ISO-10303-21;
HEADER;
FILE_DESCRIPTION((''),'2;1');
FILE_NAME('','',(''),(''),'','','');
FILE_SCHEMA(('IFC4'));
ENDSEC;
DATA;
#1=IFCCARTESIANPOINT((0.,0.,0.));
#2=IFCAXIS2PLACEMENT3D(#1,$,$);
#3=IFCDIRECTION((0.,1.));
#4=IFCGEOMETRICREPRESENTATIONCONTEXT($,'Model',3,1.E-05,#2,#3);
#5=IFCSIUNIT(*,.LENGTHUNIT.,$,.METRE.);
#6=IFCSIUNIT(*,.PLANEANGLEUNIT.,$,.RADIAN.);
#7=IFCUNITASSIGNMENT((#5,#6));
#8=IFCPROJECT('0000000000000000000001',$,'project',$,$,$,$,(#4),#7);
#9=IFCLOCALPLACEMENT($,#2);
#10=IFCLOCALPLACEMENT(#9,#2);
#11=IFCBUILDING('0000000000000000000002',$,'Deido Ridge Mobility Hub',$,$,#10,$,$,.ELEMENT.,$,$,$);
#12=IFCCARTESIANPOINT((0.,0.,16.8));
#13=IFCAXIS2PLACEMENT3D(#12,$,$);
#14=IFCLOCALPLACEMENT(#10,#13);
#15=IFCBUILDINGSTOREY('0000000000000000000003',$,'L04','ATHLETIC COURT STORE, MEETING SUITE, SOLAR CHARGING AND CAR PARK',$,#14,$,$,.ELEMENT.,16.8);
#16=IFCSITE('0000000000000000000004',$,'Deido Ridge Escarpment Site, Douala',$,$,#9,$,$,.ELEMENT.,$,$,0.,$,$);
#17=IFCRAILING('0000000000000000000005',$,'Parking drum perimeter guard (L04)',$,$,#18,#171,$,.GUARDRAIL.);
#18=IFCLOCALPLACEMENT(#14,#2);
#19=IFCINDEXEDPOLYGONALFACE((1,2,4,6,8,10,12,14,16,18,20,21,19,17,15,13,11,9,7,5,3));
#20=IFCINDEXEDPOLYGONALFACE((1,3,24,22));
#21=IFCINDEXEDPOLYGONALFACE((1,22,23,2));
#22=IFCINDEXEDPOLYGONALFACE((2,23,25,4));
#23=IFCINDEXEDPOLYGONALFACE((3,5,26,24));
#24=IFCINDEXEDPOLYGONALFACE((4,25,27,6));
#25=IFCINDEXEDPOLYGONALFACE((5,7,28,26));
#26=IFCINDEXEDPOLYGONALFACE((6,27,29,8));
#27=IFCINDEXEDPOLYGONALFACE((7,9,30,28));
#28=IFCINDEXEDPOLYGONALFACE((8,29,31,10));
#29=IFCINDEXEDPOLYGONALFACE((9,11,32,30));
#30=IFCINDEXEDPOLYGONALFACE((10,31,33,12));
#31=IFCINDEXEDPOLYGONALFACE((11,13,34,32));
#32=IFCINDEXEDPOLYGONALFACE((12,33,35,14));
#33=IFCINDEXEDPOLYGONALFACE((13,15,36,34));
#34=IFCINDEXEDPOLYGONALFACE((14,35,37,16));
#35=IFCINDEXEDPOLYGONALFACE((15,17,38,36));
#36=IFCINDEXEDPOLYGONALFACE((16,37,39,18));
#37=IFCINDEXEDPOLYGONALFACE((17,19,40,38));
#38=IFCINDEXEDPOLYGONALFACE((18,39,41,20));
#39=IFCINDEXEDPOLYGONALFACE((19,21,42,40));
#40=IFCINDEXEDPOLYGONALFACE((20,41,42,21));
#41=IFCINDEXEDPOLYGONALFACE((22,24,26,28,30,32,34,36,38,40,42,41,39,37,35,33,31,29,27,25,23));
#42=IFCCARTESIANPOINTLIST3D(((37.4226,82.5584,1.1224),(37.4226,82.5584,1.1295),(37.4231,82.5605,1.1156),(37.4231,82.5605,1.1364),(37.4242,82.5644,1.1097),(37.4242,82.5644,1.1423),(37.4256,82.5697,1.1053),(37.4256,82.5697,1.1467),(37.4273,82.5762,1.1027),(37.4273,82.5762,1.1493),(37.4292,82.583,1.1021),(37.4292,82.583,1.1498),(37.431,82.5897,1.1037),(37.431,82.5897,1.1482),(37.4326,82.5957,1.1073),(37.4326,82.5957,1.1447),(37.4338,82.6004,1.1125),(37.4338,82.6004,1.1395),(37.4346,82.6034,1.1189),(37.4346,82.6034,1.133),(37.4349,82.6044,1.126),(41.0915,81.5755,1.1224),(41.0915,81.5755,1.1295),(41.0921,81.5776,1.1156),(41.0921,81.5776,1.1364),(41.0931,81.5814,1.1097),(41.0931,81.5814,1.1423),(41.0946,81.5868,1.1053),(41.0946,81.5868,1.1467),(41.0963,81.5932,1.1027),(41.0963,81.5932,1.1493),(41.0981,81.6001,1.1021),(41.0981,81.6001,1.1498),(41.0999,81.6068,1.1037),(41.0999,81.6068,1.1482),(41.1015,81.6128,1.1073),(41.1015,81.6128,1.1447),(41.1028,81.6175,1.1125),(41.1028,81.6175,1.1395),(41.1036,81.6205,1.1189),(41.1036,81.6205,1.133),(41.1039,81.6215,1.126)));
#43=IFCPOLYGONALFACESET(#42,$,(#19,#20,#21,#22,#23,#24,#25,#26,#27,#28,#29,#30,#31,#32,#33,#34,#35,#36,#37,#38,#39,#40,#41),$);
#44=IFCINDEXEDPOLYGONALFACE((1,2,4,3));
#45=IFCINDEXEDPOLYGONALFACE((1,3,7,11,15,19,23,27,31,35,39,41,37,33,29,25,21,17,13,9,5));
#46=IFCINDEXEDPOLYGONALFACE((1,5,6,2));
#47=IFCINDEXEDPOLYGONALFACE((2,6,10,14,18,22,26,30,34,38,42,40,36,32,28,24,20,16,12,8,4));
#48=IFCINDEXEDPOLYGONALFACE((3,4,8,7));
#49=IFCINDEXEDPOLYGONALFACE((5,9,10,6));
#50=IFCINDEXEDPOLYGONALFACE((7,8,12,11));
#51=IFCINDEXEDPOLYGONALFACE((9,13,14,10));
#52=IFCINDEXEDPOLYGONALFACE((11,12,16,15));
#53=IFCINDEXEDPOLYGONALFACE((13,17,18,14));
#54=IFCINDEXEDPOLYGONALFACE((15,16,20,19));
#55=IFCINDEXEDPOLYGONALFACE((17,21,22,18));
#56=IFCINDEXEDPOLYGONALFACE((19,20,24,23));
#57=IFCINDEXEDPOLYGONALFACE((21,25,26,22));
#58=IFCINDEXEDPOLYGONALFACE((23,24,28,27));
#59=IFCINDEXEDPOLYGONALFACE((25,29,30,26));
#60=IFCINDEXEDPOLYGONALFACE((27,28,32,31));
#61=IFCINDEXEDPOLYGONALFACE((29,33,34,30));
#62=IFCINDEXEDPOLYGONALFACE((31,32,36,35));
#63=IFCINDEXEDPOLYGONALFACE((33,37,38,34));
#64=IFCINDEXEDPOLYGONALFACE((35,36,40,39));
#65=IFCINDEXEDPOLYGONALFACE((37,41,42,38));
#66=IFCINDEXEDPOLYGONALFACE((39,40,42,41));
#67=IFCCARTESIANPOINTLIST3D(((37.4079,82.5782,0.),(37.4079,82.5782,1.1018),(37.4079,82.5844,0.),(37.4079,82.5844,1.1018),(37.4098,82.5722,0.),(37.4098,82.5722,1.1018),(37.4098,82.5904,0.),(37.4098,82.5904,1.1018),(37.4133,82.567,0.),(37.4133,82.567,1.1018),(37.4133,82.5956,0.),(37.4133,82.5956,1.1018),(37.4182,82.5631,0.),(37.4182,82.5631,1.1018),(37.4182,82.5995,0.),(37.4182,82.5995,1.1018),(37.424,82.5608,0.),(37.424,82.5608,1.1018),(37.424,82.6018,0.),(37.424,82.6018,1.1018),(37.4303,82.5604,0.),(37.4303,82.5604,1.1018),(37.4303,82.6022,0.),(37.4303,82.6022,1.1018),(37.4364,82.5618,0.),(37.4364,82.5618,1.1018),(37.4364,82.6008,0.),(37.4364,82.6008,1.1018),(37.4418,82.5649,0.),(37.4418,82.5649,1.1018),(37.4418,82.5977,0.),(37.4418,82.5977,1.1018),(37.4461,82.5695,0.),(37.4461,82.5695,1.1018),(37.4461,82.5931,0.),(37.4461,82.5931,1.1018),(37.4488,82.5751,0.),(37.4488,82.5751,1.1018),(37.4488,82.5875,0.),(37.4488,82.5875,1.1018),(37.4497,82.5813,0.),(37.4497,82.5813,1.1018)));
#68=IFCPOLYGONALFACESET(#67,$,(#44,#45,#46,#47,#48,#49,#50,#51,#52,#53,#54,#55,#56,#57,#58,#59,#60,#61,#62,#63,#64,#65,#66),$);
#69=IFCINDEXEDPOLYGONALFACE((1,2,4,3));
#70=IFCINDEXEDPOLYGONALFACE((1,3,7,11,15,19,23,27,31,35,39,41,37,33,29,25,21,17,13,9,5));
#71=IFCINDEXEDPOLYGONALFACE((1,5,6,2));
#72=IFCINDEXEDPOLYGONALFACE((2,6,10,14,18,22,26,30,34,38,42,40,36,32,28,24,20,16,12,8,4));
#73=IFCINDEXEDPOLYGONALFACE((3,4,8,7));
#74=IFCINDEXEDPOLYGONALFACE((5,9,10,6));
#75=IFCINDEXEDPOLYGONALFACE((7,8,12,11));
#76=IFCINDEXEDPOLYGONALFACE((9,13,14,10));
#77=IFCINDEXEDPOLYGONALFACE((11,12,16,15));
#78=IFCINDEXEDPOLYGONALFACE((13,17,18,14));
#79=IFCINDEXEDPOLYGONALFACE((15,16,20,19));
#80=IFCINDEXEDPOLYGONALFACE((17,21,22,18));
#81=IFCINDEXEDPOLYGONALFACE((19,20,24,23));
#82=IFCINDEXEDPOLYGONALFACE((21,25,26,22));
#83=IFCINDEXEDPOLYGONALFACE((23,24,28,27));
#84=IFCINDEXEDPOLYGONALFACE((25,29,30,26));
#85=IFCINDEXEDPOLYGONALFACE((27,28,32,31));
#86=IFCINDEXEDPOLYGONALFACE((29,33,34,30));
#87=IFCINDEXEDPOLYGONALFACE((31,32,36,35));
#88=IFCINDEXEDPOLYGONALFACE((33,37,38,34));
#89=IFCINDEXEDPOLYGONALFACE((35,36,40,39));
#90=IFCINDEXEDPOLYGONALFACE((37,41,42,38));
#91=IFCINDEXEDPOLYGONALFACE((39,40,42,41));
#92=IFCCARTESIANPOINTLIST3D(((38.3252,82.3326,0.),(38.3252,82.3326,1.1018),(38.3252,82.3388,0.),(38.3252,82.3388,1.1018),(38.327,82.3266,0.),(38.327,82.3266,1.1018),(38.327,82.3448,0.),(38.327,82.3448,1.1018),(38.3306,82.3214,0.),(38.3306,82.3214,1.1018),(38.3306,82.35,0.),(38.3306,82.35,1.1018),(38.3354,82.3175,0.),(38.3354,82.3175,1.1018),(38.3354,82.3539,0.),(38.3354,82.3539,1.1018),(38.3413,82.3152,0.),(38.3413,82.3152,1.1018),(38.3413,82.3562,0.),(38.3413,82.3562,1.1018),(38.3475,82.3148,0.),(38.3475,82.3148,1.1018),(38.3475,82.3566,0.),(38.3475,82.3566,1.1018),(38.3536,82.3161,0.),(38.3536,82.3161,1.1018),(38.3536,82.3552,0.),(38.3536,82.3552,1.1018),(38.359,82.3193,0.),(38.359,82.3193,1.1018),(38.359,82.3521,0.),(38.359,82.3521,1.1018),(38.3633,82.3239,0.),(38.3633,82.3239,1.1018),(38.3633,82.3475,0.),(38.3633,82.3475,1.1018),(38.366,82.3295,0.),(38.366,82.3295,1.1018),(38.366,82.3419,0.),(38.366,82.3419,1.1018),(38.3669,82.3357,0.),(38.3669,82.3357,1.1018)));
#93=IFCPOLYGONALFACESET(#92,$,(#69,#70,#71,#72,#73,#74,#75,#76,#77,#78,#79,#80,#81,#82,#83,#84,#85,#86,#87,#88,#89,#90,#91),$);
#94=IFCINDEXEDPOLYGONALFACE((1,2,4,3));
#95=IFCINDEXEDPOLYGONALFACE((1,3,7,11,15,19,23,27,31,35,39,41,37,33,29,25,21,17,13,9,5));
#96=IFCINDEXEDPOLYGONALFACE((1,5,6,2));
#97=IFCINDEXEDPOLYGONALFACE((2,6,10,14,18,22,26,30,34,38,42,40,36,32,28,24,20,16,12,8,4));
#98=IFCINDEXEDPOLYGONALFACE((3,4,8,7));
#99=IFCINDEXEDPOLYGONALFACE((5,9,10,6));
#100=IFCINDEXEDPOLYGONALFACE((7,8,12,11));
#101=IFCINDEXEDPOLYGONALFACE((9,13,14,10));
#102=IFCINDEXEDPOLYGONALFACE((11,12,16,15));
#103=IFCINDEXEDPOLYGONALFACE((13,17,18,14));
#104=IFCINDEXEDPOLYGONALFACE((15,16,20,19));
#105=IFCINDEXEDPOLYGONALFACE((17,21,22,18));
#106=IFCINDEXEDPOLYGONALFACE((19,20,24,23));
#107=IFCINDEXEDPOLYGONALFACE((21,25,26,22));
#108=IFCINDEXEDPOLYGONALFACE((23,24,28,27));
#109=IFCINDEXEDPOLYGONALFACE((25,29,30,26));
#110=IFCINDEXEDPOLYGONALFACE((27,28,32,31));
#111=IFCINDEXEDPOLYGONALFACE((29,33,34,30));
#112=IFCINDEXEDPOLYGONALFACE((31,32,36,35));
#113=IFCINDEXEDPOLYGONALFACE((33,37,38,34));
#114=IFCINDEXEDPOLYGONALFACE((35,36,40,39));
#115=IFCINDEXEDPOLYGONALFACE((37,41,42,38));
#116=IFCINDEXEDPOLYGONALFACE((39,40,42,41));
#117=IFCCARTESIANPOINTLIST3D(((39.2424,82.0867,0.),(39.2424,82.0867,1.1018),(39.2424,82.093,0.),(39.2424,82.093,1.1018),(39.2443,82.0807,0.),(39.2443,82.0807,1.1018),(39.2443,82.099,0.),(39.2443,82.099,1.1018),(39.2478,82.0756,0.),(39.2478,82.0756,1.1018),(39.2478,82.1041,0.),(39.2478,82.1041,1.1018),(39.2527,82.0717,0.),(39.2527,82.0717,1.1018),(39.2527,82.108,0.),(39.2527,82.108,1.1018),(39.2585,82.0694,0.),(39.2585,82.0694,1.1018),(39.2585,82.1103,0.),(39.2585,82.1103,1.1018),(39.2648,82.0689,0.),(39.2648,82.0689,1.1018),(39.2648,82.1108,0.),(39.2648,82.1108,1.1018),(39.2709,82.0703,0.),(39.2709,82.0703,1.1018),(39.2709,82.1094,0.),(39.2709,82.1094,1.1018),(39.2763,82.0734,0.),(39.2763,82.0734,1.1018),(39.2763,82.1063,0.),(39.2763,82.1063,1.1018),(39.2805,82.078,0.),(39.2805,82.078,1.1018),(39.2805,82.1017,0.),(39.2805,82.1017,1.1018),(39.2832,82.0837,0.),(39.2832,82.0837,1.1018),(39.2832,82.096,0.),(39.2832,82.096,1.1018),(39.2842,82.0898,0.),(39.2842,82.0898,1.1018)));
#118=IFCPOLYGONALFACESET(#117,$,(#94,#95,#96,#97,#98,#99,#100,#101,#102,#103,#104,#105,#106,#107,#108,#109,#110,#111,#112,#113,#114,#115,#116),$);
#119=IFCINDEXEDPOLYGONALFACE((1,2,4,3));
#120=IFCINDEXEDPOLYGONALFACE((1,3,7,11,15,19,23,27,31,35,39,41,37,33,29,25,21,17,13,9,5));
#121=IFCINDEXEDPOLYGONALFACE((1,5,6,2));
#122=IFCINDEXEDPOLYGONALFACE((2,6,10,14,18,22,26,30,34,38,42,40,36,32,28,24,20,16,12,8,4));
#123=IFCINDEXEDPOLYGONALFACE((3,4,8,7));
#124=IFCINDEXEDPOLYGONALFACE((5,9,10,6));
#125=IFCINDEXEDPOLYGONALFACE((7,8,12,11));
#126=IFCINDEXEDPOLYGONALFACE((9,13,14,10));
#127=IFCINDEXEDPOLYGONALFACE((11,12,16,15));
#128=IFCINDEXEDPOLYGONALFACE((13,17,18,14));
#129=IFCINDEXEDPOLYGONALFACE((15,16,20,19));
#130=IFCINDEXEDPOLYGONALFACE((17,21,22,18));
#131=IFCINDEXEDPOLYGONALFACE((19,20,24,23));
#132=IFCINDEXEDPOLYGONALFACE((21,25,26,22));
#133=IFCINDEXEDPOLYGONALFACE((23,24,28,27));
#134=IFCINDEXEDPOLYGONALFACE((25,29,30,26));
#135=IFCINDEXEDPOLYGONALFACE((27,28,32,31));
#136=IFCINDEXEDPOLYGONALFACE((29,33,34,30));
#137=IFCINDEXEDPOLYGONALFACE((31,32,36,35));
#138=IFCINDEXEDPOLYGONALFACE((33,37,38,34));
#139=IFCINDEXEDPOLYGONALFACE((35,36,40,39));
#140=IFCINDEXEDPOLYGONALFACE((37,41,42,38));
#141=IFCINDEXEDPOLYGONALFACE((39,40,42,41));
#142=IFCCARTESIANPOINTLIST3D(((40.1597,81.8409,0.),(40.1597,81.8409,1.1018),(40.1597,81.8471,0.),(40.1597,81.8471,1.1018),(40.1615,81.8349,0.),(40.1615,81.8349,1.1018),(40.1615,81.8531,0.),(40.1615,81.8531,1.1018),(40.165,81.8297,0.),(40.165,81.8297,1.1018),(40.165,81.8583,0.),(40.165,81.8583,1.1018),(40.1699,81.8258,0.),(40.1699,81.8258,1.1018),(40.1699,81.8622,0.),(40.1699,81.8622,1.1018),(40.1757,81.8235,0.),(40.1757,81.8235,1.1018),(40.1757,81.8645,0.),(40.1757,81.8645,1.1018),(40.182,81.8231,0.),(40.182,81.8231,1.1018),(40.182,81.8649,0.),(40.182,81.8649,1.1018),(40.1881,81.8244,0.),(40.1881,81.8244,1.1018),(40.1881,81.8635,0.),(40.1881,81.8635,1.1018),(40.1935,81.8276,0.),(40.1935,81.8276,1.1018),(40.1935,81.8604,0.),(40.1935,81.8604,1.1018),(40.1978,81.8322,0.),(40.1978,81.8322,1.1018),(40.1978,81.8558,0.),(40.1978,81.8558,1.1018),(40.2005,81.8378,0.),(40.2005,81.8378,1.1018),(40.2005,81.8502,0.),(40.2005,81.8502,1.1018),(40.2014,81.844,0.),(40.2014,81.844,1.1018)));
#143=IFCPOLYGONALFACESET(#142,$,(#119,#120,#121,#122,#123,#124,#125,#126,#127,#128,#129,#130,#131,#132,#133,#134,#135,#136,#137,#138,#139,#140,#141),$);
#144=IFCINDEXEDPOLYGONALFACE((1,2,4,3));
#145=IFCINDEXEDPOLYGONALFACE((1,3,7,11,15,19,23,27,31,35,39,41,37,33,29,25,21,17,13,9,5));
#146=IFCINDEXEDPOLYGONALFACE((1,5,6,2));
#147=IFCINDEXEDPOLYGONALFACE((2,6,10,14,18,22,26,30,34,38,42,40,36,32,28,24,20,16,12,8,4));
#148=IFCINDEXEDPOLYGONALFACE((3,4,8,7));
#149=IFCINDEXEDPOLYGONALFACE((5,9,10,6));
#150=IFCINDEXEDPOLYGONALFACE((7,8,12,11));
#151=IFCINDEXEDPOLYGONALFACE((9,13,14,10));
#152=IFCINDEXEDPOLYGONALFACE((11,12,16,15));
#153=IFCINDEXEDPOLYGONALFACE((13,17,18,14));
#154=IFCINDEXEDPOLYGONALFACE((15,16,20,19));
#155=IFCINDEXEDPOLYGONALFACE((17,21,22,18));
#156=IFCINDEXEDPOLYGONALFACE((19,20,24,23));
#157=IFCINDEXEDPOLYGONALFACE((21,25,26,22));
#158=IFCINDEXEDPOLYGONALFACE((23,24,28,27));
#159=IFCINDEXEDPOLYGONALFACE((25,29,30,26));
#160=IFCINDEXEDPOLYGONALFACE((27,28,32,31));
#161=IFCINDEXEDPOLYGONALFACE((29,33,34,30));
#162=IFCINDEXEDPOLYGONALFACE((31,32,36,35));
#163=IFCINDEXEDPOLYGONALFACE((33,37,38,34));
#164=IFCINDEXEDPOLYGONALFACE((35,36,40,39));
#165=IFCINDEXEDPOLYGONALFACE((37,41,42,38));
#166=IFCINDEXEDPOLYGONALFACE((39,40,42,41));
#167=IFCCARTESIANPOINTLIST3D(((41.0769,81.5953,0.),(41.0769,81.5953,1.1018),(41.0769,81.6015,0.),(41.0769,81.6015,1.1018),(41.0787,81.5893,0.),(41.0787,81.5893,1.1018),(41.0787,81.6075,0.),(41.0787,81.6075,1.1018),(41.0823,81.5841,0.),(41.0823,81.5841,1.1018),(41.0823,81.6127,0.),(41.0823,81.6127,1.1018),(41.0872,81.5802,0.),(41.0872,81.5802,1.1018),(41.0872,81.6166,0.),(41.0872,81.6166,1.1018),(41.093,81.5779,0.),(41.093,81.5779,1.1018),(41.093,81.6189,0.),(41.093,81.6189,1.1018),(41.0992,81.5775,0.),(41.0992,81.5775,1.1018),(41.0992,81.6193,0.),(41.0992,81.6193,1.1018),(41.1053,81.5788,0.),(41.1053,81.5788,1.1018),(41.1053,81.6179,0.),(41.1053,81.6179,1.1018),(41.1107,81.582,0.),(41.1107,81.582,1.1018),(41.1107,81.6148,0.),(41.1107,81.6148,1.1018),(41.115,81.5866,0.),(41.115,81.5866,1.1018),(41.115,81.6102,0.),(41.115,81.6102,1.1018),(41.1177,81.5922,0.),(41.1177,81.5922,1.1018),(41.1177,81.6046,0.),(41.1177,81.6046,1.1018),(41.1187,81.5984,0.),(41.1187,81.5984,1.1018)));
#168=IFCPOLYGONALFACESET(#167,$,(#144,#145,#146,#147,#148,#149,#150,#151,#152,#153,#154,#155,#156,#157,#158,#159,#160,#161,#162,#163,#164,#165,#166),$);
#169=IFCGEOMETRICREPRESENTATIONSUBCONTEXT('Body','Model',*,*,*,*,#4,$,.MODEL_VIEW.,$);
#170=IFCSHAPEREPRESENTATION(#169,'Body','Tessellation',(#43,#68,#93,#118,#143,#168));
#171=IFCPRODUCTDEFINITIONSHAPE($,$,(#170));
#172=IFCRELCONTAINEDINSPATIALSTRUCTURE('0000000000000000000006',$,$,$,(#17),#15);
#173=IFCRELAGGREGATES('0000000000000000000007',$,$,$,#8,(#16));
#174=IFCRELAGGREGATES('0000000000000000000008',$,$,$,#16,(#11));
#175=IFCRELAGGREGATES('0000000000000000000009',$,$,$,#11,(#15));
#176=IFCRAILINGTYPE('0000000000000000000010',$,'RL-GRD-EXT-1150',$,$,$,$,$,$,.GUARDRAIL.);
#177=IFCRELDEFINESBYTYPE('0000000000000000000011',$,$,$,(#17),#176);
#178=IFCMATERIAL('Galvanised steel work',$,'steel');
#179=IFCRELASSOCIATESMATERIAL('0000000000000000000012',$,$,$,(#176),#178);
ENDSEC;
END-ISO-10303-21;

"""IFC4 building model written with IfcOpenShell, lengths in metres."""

from ifc_helpers import new_model, si_unit, direction, frame, origin, origin_2d, place, context, subcontext, project, spatial, circle, extrude, material, type_object, element, save


model = new_model("IFC4")

# Units and contexts
model_context = context("Model", 3, precision=1e-05, world=origin(), true_north=direction((0.0, 1.0)))
body_context = subcontext(model_context, "Body", "Model", "MODEL_VIEW")
ifc_project = project(units=[si_unit("LENGTHUNIT", "METRE"), si_unit("PLANEANGLEUNIT", "RADIAN")], contexts=[model_context])

# Site, building, storey
site_placement = place(None, origin())
site = spatial("IfcSite", under=ifc_project, at=site_placement, Name="Deido Ridge Escarpment Site, Douala", CompositionType="ELEMENT", RefElevation=0.0)
building_placement = place(site_placement, origin())
building = spatial("IfcBuilding", under=site, at=building_placement, Name="Deido Ridge Mobility Hub", CompositionType="ELEMENT")
storey_placement = place(building_placement, frame((0.0, 0.0, 16.8)))
storey = spatial("IfcBuildingStorey", under=building, at=storey_placement, Name="L04", Description="ATHLETIC COURT STORE, MEETING SUITE, SOLAR CHARGING AND CAR PARK", CompositionType="ELEMENT", Elevation=16.8)

# Railing
ifc_material_1 = material(Name="Galvanised steel work", Category="steel")
railing_type = type_object("IfcRailingType", Name="RL-GRD-EXT-1150", PredefinedType="GUARDRAIL", material=ifc_material_1)
railing_1_placement = place(storey_placement, frame((37.4287, 82.5813, 0.0)))
element("IfcRailing", 1, at=railing_1_placement, inside=storey, type_object=railing_type, Name="Parking drum perimeter guard (L04)", PredefinedType="GUARDRAIL", context=body_context, shape_type="SweptSolid", body=[
    extrude(circle(Radius=0.0239, at=origin_2d()), frame((0.0, 0.0, 1.126), z_axis=(0.965938, -0.258775, 0.0), x_axis=(0.258775, 0.965938, 0.0)), (0.0, 0.0, 1.0), 3.7983),
    extrude(circle(Radius=0.021, at=origin_2d()), origin(), (0.0, 0.0, 1.0), 1.1018),
    extrude(circle(Radius=0.021, at=origin_2d()), frame((0.9172, -0.2456, 0.0)), (0.0, 0.0, 1.0), 1.1018),
    extrude(circle(Radius=0.021, at=origin_2d()), frame((1.8345, -0.4915, 0.0)), (0.0, 0.0, 1.0), 1.1018),
    extrude(circle(Radius=0.021, at=origin_2d()), frame((2.7517, -0.7373, 0.0)), (0.0, 0.0, 1.0), 1.1018),
    extrude(circle(Radius=0.021, at=origin_2d()), frame((3.6689, -0.9829, 0.0)), (0.0, 0.0, 1.0), 1.1018),
])

save(model, "model.ifc")
